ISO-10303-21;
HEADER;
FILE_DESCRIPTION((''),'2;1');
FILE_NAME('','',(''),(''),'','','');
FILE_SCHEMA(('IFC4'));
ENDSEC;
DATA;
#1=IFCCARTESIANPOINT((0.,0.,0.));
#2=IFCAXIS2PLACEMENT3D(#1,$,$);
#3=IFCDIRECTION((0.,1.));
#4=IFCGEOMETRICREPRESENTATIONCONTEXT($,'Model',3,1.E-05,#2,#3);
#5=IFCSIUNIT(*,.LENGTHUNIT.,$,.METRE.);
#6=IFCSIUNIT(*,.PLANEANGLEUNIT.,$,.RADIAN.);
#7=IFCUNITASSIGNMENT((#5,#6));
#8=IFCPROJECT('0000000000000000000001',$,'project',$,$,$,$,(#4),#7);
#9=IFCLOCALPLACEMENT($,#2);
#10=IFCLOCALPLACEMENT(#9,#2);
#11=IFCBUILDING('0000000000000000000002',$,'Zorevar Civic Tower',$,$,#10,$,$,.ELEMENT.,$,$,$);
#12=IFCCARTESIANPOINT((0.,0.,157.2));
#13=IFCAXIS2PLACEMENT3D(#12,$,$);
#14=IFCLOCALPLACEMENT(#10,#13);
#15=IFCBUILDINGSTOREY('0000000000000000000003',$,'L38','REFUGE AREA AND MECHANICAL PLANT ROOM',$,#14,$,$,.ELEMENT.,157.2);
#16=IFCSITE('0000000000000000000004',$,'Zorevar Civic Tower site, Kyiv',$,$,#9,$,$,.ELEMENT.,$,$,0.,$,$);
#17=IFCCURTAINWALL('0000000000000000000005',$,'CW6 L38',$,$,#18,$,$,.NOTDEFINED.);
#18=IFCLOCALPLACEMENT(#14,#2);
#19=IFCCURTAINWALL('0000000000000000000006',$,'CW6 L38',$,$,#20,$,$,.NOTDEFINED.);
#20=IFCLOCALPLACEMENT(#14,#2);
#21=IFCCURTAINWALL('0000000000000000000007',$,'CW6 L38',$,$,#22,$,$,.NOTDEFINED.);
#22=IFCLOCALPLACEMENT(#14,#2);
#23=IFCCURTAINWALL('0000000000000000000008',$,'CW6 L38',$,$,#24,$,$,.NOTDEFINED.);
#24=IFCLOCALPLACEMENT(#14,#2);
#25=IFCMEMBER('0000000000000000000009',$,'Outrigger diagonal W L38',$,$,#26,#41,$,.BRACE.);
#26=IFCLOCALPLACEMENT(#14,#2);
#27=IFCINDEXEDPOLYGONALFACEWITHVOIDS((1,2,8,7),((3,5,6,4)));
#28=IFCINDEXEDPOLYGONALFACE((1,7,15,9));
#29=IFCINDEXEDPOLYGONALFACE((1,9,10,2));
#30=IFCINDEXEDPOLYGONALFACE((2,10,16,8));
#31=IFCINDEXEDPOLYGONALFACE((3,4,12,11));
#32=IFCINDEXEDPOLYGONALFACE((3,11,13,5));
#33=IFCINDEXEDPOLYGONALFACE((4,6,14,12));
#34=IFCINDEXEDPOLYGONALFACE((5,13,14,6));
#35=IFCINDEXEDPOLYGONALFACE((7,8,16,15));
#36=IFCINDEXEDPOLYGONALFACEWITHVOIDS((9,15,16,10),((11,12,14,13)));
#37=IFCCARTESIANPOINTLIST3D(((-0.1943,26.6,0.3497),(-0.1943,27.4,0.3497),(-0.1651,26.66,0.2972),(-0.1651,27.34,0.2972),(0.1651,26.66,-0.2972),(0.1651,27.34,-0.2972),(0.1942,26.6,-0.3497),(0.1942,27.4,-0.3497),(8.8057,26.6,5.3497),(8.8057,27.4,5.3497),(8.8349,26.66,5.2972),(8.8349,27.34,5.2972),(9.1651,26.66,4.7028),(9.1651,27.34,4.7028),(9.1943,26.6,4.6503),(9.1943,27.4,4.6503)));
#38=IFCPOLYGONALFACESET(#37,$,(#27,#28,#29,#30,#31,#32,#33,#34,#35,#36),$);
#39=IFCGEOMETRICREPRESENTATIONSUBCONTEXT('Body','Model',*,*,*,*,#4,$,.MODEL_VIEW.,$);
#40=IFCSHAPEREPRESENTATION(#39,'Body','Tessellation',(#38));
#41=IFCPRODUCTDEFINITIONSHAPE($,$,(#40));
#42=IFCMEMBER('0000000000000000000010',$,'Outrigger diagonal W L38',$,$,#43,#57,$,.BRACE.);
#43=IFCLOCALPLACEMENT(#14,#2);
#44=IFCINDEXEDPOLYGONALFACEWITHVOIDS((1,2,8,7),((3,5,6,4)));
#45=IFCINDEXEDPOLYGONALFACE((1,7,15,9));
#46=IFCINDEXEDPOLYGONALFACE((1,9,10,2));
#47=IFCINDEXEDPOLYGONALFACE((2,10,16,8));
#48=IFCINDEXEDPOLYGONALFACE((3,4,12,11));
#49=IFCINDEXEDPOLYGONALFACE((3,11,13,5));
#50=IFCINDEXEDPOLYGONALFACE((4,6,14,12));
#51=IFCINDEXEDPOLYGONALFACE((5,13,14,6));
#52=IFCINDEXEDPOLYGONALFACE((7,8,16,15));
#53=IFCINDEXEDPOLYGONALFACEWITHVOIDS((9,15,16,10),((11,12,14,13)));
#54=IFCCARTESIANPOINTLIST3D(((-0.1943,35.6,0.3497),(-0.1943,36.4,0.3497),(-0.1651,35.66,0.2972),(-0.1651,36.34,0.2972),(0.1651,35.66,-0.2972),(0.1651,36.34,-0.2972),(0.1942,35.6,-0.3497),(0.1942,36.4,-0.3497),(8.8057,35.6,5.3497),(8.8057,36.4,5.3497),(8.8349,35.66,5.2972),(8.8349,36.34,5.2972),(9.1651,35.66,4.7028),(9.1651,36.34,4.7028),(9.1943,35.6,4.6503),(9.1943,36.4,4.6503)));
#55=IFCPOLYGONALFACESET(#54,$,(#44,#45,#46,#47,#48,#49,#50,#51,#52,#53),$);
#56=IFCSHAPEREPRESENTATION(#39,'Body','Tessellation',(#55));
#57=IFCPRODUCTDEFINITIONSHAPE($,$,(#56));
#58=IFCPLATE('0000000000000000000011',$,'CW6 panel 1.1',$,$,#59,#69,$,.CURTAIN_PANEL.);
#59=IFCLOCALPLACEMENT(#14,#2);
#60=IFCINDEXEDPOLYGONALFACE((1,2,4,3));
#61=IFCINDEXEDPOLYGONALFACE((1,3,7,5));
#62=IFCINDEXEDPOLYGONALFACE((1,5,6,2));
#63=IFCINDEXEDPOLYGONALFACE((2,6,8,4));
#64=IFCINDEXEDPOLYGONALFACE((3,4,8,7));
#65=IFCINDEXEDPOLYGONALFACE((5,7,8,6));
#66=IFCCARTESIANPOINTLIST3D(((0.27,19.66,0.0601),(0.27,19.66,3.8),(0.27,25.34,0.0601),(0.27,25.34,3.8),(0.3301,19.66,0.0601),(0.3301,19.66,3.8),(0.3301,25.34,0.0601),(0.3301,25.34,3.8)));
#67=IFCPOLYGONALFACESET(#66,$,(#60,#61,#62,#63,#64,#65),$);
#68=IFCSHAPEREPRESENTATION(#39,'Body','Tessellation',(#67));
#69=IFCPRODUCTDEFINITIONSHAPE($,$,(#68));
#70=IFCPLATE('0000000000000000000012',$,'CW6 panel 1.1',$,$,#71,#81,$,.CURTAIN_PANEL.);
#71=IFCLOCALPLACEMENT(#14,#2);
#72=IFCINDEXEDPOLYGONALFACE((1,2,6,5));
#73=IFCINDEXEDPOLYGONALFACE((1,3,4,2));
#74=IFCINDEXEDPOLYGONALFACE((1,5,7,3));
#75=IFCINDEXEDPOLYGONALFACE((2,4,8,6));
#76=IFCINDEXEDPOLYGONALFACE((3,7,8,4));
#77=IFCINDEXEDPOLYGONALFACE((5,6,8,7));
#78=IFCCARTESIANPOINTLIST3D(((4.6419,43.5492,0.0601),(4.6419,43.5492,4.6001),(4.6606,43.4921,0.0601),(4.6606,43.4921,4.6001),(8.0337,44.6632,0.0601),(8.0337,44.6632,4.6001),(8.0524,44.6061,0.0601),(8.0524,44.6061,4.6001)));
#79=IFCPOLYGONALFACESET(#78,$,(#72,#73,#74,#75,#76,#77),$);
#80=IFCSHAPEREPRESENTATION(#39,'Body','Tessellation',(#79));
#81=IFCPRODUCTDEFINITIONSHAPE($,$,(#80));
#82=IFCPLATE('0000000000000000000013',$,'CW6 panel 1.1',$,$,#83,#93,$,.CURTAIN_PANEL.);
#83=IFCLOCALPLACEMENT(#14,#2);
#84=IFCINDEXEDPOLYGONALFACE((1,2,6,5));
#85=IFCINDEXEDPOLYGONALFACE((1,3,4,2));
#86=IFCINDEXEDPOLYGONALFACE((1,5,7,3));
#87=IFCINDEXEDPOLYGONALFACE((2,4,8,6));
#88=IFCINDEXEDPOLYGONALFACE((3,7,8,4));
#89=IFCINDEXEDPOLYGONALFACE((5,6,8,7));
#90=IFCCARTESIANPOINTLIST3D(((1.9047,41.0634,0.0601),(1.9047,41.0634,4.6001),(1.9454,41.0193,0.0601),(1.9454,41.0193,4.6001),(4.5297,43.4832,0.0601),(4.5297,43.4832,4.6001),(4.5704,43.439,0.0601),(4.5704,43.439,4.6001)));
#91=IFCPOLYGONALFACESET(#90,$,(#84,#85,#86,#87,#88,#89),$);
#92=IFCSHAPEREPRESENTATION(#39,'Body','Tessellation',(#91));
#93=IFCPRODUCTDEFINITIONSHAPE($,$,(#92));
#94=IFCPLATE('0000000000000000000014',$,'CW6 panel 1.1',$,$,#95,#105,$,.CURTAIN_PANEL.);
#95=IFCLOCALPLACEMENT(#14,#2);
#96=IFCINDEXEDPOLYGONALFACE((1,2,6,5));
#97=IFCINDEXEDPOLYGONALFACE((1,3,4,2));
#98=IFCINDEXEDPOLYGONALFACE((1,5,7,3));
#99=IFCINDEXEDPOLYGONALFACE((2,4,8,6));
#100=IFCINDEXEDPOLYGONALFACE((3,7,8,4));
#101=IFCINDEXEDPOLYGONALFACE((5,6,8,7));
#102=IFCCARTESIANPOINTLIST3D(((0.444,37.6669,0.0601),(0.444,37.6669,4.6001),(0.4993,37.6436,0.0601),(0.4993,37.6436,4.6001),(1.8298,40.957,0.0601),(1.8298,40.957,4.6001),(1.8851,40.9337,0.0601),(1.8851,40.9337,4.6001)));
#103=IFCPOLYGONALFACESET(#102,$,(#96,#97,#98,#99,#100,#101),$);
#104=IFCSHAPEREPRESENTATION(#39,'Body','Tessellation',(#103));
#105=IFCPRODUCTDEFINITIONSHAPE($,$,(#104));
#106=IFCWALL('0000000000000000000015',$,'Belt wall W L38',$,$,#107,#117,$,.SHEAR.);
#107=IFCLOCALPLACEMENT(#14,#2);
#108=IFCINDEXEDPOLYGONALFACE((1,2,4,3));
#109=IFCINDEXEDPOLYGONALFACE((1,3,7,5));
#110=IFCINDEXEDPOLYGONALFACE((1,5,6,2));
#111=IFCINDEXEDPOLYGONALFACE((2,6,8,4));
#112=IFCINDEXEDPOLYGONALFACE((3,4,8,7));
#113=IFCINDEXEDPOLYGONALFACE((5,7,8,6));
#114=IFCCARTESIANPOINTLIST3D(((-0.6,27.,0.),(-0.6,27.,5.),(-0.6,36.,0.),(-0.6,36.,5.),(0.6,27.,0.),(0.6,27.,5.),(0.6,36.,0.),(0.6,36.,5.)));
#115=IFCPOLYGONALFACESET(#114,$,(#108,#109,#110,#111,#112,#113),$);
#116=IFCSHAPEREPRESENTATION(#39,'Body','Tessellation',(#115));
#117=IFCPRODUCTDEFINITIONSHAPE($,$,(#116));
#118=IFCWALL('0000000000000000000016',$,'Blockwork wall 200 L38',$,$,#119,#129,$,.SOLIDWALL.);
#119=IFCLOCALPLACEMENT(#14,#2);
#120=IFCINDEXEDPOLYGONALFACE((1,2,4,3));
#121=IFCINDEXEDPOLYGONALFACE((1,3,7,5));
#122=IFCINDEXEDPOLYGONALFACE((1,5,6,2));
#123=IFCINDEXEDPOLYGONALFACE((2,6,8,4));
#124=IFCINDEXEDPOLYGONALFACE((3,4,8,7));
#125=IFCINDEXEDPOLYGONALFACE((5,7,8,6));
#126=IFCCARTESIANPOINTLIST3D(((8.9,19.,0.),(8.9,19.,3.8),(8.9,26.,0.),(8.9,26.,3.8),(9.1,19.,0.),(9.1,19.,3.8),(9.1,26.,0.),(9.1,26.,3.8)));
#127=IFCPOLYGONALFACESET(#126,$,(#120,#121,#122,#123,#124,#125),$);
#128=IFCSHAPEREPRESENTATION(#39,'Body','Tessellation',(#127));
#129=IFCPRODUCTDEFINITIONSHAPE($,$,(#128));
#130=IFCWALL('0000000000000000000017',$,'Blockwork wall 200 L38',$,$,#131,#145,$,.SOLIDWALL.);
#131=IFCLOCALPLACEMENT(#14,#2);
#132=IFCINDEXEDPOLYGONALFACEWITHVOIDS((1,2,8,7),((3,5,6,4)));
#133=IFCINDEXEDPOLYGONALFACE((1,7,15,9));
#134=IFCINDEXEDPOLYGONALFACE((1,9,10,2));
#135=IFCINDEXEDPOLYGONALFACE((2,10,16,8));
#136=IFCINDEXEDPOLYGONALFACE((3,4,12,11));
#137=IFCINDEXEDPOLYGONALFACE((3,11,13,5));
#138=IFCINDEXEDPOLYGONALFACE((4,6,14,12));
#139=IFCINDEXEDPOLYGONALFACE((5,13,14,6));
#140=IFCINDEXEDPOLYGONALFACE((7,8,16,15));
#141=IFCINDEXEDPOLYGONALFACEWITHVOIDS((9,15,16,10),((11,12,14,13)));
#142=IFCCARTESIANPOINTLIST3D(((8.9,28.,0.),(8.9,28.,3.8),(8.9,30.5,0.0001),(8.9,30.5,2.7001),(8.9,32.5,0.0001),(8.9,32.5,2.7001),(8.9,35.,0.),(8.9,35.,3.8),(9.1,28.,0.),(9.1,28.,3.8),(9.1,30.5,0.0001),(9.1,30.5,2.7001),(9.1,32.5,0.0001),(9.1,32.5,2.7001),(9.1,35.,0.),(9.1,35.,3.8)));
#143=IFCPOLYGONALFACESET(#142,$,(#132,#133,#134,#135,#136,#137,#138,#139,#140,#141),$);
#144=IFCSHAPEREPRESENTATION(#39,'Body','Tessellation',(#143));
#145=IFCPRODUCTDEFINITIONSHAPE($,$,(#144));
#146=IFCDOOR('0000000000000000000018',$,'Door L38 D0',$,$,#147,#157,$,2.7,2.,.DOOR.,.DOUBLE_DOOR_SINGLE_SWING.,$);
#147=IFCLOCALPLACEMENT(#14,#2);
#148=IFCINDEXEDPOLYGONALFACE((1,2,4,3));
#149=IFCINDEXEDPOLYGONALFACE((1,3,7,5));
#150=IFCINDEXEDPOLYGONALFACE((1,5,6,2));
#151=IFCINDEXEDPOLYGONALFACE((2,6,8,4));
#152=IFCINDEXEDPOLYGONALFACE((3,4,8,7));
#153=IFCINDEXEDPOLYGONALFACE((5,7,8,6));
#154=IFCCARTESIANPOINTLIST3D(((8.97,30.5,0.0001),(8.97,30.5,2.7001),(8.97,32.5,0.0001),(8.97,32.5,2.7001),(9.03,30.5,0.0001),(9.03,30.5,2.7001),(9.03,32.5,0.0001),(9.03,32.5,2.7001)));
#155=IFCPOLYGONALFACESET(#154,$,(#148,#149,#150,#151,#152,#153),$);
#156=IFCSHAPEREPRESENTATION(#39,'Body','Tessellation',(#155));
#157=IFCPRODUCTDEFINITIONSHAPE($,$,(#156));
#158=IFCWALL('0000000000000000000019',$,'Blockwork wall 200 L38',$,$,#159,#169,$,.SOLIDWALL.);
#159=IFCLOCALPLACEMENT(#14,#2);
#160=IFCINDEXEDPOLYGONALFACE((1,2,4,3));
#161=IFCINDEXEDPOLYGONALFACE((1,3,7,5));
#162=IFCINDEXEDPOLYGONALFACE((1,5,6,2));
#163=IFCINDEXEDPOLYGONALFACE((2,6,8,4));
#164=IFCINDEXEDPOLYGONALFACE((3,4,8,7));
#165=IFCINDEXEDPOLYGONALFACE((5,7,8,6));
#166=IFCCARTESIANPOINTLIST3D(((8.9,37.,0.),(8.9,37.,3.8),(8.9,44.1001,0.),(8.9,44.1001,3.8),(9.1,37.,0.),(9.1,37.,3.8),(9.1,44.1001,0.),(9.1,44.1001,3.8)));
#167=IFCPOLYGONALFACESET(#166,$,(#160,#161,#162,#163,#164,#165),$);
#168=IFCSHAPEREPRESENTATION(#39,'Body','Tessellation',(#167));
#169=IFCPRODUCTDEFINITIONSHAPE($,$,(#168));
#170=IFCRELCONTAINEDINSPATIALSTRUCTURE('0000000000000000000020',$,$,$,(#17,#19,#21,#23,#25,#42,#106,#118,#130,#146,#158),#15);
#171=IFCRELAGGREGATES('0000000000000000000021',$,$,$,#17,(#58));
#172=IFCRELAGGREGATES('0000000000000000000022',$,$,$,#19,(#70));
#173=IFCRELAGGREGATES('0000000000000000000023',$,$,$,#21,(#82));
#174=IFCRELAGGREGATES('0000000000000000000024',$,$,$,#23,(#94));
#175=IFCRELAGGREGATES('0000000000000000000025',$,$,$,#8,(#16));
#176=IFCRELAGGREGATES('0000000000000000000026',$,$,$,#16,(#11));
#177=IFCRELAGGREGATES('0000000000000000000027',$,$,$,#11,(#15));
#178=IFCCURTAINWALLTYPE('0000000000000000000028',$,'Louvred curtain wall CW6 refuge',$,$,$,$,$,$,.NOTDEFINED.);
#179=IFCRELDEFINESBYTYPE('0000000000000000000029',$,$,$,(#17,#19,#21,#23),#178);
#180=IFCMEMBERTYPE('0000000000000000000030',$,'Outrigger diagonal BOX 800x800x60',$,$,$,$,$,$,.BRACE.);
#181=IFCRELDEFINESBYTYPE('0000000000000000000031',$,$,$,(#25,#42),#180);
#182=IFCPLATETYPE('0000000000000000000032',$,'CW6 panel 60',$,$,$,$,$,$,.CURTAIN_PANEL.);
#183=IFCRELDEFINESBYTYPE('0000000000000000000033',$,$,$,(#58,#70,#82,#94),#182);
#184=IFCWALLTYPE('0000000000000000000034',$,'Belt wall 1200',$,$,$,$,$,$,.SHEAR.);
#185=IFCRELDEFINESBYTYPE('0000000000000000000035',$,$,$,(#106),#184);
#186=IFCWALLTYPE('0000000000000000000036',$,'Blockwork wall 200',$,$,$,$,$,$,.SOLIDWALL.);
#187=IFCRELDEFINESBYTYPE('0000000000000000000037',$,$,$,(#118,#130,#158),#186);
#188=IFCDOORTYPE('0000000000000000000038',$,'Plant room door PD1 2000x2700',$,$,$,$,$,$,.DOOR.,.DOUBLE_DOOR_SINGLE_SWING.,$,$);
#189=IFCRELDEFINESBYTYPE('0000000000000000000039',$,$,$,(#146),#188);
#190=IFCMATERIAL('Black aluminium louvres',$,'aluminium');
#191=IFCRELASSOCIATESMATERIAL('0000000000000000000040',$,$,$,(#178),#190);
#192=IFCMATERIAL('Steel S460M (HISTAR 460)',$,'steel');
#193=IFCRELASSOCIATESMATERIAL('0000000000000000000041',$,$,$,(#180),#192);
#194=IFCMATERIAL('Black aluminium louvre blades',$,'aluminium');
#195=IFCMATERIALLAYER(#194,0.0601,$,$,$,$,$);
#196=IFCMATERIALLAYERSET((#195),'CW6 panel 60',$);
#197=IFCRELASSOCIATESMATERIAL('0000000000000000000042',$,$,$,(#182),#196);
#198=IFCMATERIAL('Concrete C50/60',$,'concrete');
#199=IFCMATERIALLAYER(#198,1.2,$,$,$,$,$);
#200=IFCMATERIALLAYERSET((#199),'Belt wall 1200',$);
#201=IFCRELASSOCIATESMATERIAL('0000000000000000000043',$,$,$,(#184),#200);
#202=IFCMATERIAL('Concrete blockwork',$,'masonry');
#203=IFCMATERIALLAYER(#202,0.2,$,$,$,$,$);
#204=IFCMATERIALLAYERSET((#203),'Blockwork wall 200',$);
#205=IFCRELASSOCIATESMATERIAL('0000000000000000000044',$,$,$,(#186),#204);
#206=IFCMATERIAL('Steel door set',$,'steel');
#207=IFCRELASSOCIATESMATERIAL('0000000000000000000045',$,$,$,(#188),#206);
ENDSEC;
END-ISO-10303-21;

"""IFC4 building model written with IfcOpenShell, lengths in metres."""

from ifc_helpers import new_model, si_unit, direction, frame, frame_2d, origin, origin_2d, place, context, subcontext, project, spatial, rectangle, hollow_rectangle, extrude, material, layer, layer_set, material_profile, profile_set, type_object, element, fill, aggregate, save


model = new_model("IFC4")

# Units and contexts
model_context = context("Model", 3, precision=1e-05, world=origin(), true_north=direction((0.0, 1.0)))
body_context = subcontext(model_context, "Body", "Model", "MODEL_VIEW")
ifc_project = project(units=[si_unit("LENGTHUNIT", "METRE"), si_unit("PLANEANGLEUNIT", "RADIAN")], contexts=[model_context])

# Site, building, storey
site_placement = place(None, origin())
site = spatial("IfcSite", under=ifc_project, at=site_placement, Name="Zorevar Civic Tower site, Kyiv", CompositionType="ELEMENT", RefElevation=0.0)
building_placement = place(site_placement, origin())
building = spatial("IfcBuilding", under=site, at=building_placement, Name="Zorevar Civic Tower", CompositionType="ELEMENT")
storey_placement = place(building_placement, frame((0.0, 0.0, 157.2)))
storey = spatial("IfcBuildingStorey", under=building, at=storey_placement, Name="L38", Description="REFUGE AREA AND MECHANICAL PLANT ROOM", CompositionType="ELEMENT", Elevation=157.2)

# Curtain walls
ifc_material_1 = material(Name="Black aluminium louvres", Category="aluminium")
curtain_wall_type = type_object("IfcCurtainWallType", Name="Louvred curtain wall CW6 refuge", PredefinedType="NOTDEFINED", material=ifc_material_1)
curtain_wall_1_placement = place(storey_placement, origin())
curtain_wall_1 = element("IfcCurtainWall", 1, at=curtain_wall_1_placement, inside=storey, type_object=curtain_wall_type, Name="CW6 L38", PredefinedType="NOTDEFINED")
curtain_wall_2_placement = place(storey_placement, origin())
curtain_wall_2 = element("IfcCurtainWall", 2, at=curtain_wall_2_placement, inside=storey, type_object=curtain_wall_type, Name="CW6 L38", PredefinedType="NOTDEFINED")
curtain_wall_3_placement = place(storey_placement, origin())
curtain_wall_3 = element("IfcCurtainWall", 3, at=curtain_wall_3_placement, inside=storey, type_object=curtain_wall_type, Name="CW6 L38", PredefinedType="NOTDEFINED")
curtain_wall_4_placement = place(storey_placement, origin())
curtain_wall_4 = element("IfcCurtainWall", 4, at=curtain_wall_4_placement, inside=storey, type_object=curtain_wall_type, Name="CW6 L38", PredefinedType="NOTDEFINED")

# Members
ifc_material_2 = material(Name="Steel S460M (HISTAR 460)", Category="steel")
ifc_material_profile_1 = material_profile(ifc_material_2, hollow_rectangle(XDim=0.8, YDim=0.8, WallThickness=0.0601, at=origin_2d()), Name="BOX 800x800x60")
ifc_profile_set_1 = profile_set([ifc_material_profile_1], Name="Steel S460M (HISTAR 460)")
member_type_1 = type_object("IfcMemberType", Name="Outrigger diagonal BOX 800x800x60", PredefinedType="BRACE", material=ifc_profile_set_1)
for number, where, z_axis, x_axis, name in (
    (5, (9.0, 27.0, 5.0), (-0.874157, 0.0, -0.485643), (0.0, -1.0, 0.0), "Outrigger diagonal W L38"),
    (6, (9.0, 36.0, 5.0), (-0.874157, 0.0, -0.485643), (0.0, -1.0, 0.0), "Outrigger diagonal W L38"),
):
    element("IfcMember", number, at=place(storey_placement, frame(where, z_axis=z_axis, x_axis=x_axis)), inside=storey, type_object=member_type_1, Name=name, PredefinedType="BRACE", context=body_context, shape_type="SweptSolid", body=[
        extrude(hollow_rectangle(XDim=0.8, YDim=0.8, WallThickness=0.0601, at=origin_2d()), origin(), (0.0, 0.0, 1.0), 10.2957),
    ])

# Plates
ifc_material_3 = material(Name="Black aluminium louvre blades", Category="aluminium")
ifc_layer_1 = layer(ifc_material_3, 0.0601)
ifc_layer_set_1 = layer_set([ifc_layer_1], Name="CW6 panel 60")
plate_type = type_object("IfcPlateType", Name="CW6 panel 60", PredefinedType="CURTAIN_PANEL", material=ifc_layer_set_1)
plate_1_placement = place(storey_placement, frame((0.3, 22.5, 0.0601), z_axis=(0.0, 0.0, 1.0), x_axis=(0.0, 1.0, 0.0)))
plate_1 = element("IfcPlate", 7, at=plate_1_placement, type_object=plate_type, Name="CW6 panel 1.1", PredefinedType="CURTAIN_PANEL", context=body_context, shape_type="SweptSolid", body=[
    extrude(rectangle(XDim=5.6799, YDim=0.0601, at=origin_2d()), origin(), (0.0, 0.0, 1.0), 3.74),
])
aggregate(curtain_wall_1, [plate_1])
plate_2_placement = place(storey_placement, frame((6.3472, 44.0776, 0.0601), z_axis=(0.0, 0.0, 1.0), x_axis=(-0.95007, -0.312036, 0.0)))
plate_2 = element("IfcPlate", 8, at=plate_2_placement, type_object=plate_type, Name="CW6 panel 1.1", PredefinedType="CURTAIN_PANEL", context=body_context, shape_type="SweptSolid", body=[
    extrude(rectangle(XDim=3.5701, YDim=0.0601, at=origin_2d()), origin(), (0.0, 0.0, 1.0), 4.54),
])
aggregate(curtain_wall_2, [plate_2])
plate_3_placement = place(storey_placement, frame((3.2375, 42.2512, 0.0601), z_axis=(0.0, 0.0, 1.0), x_axis=(-0.735267, -0.677777, 0.0)))
plate_3 = element("IfcPlate", 9, at=plate_3_placement, type_object=plate_type, Name="CW6 panel 1.1", PredefinedType="CURTAIN_PANEL", context=body_context, shape_type="SweptSolid", body=[
    extrude(rectangle(XDim=3.5701, YDim=0.0601, at=origin_2d()), origin(), (0.0, 0.0, 1.0), 4.54),
])
aggregate(curtain_wall_3, [plate_3])
plate_4_placement = place(storey_placement, frame((1.1646, 39.3003, 0.0601), z_axis=(0.0, 0.0, 1.0), x_axis=(-0.388184, -0.921582, 0.0)))
plate_4 = element("IfcPlate", 10, at=plate_4_placement, type_object=plate_type, Name="CW6 panel 1.1", PredefinedType="CURTAIN_PANEL", context=body_context, shape_type="SweptSolid", body=[
    extrude(rectangle(XDim=3.5701, YDim=0.0601, at=origin_2d()), origin(), (0.0, 0.0, 1.0), 4.54),
])
aggregate(curtain_wall_4, [plate_4])

# Walls
ifc_material_4 = material(Name="Concrete C50/60", Category="concrete")
ifc_layer_2 = layer(ifc_material_4, 1.2)
ifc_layer_set_2 = layer_set([ifc_layer_2], Name="Belt wall 1200")
wall_type_1 = type_object("IfcWallType", Name="Belt wall 1200", PredefinedType="SHEAR", material=ifc_layer_set_2)
wall_1_placement = place(storey_placement, frame((0.0, 27.0, 0.0), z_axis=(0.0, 0.0, 1.0), x_axis=(0.0, 1.0, 0.0)))
element("IfcWall", 11, at=wall_1_placement, inside=storey, type_object=wall_type_1, Name="Belt wall W L38", PredefinedType="SHEAR", context=body_context, shape_type="SweptSolid", body=[
    extrude(rectangle(XDim=9.0, YDim=1.2, at=frame_2d((4.5, 0.0))), origin(), (0.0, 0.0, 1.0), 5.0),
])
ifc_material_5 = material(Name="Concrete blockwork", Category="masonry")
ifc_layer_3 = layer(ifc_material_5, 0.2)
ifc_layer_set_3 = layer_set([ifc_layer_3], Name="Blockwork wall 200")
wall_type_2 = type_object("IfcWallType", Name="Blockwork wall 200", PredefinedType="SOLIDWALL", material=ifc_layer_set_3)
wall_2_placement = place(storey_placement, frame((9.0, 19.0, 0.0), z_axis=(0.0, 0.0, 1.0), x_axis=(0.0, 1.0, 0.0)))
element("IfcWall", 12, at=wall_2_placement, inside=storey, type_object=wall_type_2, Name="Blockwork wall 200 L38", PredefinedType="SOLIDWALL", context=body_context, shape_type="SweptSolid", body=[
    extrude(rectangle(XDim=7.0, YDim=0.2, at=frame_2d((3.5, 0.0))), origin(), (0.0, 0.0, 1.0), 3.8),
])

# Wall, opening, door
wall_3_placement = place(storey_placement, frame((9.0, 28.0, 0.0), z_axis=(0.0, 0.0, 1.0), x_axis=(0.0, 1.0, 0.0)))
wall_3 = element("IfcWall", 13, at=wall_3_placement, inside=storey, type_object=wall_type_2, Name="Blockwork wall 200 L38", PredefinedType="SOLIDWALL", context=body_context, shape_type="SweptSolid", body=[
    extrude(rectangle(XDim=7.0, YDim=0.2, at=frame_2d((3.5, 0.0))), origin(), (0.0, 0.0, 1.0), 3.8),
])
opening_placement = place(wall_3_placement, frame((2.5, 0.0, 0.0)))
opening = element("IfcOpeningElement", 14, at=opening_placement, cuts=wall_3, PredefinedType="OPENING", context=body_context, shape_type="SweptSolid", body=[
    extrude(rectangle(XDim=2.0, YDim=2.7, at=frame_2d((1.0, 1.3501))), frame((0.0, 0.1099, 0.0), z_axis=(0.0, -1.0, 0.0), x_axis=(1.0, 0.0, 0.0)), (0.0, 0.0, 1.0), 0.22),
])
ifc_material_6 = material(Name="Steel door set", Category="steel")
door_type = type_object("IfcDoorType", Name="Plant room door PD1 2000x2700", OperationType="DOUBLE_DOOR_SINGLE_SWING", PredefinedType="DOOR", material=ifc_material_6)
door_placement = place(opening_placement, origin())
door = element("IfcDoor", 15, at=door_placement, inside=storey, type_object=door_type, Name="Door L38 D0", OperationType="DOUBLE_DOOR_SINGLE_SWING", OverallHeight=2.7, OverallWidth=2.0, PredefinedType="DOOR", context=body_context, shape_type="SweptSolid", body=[
    extrude(rectangle(XDim=2.0, YDim=2.7, at=frame_2d((1.0, 1.3501))), frame((0.0, 0.03, 0.0), z_axis=(0.0, -1.0, 0.0), x_axis=(1.0, 0.0, 0.0)), (0.0, 0.0, 1.0), 0.0601),
])
fill(opening, door)

# Wall
wall_4_placement = place(storey_placement, frame((9.0, 37.0, 0.0), z_axis=(0.0, 0.0, 1.0), x_axis=(0.0, 1.0, 0.0)))
element("IfcWall", 16, at=wall_4_placement, inside=storey, type_object=wall_type_2, Name="Blockwork wall 200 L38", PredefinedType="SOLIDWALL", context=body_context, shape_type="SweptSolid", body=[
    extrude(rectangle(XDim=7.1001, YDim=0.2, at=frame_2d((3.55, 0.0))), origin(), (0.0, 0.0, 1.0), 3.8),
])

save(model, "model.ifc")
